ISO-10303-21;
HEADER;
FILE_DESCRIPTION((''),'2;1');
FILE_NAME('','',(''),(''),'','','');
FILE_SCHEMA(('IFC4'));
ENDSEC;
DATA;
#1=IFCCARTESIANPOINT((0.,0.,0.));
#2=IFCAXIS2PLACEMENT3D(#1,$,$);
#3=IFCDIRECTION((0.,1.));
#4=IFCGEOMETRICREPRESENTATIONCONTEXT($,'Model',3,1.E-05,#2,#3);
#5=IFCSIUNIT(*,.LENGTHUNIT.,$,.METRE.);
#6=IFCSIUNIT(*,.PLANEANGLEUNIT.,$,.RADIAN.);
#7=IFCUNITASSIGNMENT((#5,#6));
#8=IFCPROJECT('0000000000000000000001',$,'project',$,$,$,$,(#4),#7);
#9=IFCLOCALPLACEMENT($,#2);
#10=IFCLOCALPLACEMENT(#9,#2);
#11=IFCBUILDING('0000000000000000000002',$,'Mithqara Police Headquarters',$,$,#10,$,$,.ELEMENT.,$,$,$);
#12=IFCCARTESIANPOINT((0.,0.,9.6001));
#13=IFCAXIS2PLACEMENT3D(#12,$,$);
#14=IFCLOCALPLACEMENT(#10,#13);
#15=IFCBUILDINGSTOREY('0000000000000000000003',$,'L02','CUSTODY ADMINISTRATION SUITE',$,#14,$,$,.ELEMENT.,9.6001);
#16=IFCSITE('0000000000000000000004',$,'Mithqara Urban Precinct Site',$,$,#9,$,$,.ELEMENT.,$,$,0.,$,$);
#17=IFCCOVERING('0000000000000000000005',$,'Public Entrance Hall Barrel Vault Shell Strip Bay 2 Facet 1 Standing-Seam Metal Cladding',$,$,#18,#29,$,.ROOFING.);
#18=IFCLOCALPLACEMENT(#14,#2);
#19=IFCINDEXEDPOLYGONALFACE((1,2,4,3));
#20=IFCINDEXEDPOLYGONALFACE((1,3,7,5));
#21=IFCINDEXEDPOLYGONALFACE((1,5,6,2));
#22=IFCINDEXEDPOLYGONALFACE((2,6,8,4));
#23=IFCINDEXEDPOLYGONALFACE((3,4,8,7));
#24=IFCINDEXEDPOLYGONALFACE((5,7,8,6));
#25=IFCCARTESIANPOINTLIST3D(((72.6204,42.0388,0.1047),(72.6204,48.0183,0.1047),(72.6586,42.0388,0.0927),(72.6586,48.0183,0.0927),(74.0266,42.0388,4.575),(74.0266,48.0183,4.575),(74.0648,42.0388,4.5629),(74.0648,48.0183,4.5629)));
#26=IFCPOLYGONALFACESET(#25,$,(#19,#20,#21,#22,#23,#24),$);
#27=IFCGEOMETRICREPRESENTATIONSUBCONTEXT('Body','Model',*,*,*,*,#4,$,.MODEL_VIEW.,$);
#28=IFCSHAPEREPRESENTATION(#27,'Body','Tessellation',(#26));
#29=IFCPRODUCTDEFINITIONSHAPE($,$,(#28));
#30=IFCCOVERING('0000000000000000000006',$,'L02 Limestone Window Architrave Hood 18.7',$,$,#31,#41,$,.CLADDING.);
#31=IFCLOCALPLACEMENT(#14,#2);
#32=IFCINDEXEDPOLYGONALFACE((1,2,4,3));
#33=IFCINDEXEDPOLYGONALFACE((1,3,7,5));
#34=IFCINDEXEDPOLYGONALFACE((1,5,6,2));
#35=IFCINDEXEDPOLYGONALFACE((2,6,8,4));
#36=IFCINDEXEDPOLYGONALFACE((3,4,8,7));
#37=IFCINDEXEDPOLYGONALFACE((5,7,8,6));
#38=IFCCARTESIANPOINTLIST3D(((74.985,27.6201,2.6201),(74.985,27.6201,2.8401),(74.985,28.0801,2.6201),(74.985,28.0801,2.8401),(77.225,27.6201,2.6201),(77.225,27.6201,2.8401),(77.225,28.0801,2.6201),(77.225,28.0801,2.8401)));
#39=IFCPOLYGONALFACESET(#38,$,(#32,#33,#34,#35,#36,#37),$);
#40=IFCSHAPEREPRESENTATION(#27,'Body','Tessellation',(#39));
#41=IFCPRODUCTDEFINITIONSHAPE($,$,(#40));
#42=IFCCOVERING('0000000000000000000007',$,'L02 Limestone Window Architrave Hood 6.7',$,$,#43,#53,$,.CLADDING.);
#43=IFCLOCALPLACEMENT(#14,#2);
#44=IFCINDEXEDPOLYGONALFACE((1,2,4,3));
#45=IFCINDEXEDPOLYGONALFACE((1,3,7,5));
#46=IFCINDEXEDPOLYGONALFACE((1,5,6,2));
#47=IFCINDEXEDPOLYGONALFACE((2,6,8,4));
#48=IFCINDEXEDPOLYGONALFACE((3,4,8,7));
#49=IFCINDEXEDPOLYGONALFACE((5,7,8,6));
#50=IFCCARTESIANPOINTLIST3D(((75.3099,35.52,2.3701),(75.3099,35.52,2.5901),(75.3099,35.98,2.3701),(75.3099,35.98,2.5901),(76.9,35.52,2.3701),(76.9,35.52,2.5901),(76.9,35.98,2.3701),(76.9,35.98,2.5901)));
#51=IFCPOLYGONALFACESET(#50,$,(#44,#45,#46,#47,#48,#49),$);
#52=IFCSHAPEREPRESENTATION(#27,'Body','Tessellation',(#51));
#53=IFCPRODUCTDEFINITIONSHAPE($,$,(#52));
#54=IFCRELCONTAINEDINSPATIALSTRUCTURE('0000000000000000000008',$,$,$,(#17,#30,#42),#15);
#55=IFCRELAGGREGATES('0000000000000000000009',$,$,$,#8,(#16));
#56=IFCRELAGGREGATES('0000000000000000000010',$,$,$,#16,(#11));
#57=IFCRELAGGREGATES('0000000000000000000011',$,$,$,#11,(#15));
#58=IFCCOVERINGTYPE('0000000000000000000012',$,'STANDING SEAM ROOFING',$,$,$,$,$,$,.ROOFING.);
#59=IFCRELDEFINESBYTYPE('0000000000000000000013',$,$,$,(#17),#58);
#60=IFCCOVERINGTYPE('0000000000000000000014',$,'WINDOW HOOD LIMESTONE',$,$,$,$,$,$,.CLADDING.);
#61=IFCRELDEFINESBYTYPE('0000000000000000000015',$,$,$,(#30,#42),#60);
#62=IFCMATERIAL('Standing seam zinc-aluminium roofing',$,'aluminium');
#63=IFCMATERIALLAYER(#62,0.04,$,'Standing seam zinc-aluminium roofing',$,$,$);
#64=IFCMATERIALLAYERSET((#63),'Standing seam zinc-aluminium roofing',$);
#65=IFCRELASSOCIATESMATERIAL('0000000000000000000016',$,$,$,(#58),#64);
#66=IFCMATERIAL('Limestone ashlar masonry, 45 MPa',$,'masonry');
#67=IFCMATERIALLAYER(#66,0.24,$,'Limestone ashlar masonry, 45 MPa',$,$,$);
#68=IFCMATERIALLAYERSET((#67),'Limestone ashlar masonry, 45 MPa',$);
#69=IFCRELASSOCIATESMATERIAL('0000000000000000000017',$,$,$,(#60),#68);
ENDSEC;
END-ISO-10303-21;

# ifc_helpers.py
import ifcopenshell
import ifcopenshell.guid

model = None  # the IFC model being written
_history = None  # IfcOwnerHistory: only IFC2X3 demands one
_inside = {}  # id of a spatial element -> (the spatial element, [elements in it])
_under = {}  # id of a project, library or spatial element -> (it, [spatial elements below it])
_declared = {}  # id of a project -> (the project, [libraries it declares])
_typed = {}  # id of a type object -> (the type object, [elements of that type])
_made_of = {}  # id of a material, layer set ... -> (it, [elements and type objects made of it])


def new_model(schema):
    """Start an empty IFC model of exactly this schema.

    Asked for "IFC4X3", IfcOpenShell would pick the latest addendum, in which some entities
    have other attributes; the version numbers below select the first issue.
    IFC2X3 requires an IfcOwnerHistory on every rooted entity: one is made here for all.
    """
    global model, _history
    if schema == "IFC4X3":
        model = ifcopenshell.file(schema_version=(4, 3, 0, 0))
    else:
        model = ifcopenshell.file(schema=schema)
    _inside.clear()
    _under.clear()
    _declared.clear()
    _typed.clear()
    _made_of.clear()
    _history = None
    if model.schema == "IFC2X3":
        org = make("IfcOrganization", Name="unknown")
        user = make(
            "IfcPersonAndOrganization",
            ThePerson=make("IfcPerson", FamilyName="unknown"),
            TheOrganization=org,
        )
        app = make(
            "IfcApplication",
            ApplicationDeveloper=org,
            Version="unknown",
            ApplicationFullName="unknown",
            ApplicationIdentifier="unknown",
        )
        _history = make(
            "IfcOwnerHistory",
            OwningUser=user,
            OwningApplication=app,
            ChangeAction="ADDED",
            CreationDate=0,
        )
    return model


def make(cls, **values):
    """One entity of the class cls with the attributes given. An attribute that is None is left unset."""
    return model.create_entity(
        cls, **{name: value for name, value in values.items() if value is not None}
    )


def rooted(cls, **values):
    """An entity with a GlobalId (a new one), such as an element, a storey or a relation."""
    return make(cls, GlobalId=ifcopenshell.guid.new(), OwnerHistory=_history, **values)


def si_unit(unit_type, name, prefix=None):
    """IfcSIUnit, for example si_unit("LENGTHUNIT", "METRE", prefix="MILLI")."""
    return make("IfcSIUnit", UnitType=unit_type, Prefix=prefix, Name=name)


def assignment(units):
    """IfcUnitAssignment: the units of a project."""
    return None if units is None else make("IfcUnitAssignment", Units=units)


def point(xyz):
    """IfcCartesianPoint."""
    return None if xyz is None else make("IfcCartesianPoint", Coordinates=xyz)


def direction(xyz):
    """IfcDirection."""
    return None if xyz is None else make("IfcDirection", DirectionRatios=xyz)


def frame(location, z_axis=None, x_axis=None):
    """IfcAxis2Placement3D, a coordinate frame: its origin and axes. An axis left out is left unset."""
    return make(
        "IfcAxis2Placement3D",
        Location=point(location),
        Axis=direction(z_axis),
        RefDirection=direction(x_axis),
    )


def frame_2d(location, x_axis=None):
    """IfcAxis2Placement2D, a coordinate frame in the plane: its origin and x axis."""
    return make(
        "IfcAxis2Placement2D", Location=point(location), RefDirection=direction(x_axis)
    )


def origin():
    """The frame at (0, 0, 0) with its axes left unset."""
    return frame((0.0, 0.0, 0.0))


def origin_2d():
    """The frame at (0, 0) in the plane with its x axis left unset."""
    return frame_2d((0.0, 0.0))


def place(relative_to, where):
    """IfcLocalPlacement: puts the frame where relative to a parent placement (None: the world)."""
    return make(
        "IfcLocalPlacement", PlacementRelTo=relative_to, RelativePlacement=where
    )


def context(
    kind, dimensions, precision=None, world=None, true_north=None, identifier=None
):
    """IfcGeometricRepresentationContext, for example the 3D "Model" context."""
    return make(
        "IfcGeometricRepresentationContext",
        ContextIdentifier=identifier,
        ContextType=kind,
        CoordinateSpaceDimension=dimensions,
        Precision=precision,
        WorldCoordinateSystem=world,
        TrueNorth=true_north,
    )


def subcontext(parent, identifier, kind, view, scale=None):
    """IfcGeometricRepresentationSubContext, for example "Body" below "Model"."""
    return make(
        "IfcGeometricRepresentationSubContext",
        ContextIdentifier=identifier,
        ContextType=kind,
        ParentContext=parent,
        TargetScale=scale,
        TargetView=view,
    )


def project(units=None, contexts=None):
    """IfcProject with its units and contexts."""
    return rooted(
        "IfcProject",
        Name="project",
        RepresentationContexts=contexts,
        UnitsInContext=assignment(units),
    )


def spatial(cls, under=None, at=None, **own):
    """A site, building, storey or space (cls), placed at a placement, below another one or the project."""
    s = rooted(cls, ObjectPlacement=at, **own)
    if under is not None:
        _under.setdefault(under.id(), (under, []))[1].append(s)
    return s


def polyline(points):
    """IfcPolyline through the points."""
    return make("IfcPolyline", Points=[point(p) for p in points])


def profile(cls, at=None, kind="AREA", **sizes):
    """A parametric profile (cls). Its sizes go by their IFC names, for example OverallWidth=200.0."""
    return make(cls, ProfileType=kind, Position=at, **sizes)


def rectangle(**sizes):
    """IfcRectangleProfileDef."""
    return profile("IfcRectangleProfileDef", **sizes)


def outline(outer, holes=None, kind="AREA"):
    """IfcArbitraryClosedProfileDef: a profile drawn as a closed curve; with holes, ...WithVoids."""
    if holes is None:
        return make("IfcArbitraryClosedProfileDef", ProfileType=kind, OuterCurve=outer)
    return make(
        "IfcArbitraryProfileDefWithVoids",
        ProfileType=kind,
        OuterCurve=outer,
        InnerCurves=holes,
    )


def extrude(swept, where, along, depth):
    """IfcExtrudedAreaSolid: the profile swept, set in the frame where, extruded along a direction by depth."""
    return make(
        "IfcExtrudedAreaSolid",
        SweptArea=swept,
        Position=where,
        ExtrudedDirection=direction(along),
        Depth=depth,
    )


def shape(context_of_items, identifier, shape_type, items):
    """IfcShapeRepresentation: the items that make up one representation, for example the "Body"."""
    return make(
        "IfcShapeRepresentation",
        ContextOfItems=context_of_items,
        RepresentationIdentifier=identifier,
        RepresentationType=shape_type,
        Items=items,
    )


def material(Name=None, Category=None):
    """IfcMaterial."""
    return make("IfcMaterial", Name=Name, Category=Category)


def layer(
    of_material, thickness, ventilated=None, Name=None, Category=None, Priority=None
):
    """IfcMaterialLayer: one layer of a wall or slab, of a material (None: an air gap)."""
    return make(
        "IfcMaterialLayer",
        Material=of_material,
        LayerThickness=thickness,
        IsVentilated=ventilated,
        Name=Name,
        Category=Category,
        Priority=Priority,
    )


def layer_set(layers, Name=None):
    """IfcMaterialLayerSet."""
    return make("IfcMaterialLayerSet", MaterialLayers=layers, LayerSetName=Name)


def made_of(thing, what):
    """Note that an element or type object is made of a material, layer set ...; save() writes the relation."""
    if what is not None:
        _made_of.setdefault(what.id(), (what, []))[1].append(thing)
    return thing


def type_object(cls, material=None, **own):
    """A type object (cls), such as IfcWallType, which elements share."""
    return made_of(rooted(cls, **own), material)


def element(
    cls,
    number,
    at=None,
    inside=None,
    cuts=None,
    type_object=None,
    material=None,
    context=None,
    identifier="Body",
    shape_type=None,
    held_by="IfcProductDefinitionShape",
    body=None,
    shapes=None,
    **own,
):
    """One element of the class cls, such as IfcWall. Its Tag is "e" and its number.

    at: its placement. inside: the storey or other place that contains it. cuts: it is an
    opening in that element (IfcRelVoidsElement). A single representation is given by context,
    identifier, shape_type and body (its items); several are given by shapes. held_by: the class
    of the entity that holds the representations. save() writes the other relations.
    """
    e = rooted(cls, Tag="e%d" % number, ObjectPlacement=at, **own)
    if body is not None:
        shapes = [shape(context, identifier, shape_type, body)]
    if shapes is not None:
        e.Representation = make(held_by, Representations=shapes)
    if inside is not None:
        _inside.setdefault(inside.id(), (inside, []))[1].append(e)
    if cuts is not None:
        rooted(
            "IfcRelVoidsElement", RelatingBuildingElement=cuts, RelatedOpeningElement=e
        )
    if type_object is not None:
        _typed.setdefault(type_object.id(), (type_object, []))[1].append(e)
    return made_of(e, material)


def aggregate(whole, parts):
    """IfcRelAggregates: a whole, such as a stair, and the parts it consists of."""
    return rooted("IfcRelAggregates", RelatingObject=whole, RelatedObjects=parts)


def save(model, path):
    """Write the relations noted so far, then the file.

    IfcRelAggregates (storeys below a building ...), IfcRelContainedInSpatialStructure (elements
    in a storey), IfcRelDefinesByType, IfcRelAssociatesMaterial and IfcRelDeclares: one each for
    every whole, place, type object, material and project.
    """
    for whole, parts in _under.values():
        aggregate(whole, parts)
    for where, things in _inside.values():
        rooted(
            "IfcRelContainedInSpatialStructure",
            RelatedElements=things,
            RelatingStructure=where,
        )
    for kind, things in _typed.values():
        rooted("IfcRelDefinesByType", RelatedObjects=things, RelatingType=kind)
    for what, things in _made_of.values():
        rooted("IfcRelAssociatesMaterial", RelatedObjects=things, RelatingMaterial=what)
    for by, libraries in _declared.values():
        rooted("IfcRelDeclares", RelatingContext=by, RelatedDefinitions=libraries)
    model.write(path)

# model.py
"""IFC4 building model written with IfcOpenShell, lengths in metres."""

from ifc_helpers import new_model, si_unit, direction, frame, origin, origin_2d, place, context, subcontext, project, spatial, polyline, rectangle, outline, extrude, material, layer, layer_set, type_object, element, save


model = new_model("IFC4")

# Units and contexts
model_context = context("Model", 3, precision=1e-05, world=origin(), true_north=direction((0.0, 1.0)))
body_context = subcontext(model_context, "Body", "Model", "MODEL_VIEW")
ifc_project = project(units=[si_unit("LENGTHUNIT", "METRE"), si_unit("PLANEANGLEUNIT", "RADIAN")], contexts=[model_context])

# Site, building, storey
site_placement = place(None, origin())
site = spatial("IfcSite", under=ifc_project, at=site_placement, Name="Mithqara Urban Precinct Site", CompositionType="ELEMENT", RefElevation=0.0)
building_placement = place(site_placement, origin())
building = spatial("IfcBuilding", under=site, at=building_placement, Name="Mithqara Police Headquarters", CompositionType="ELEMENT")
storey_placement = place(building_placement, frame((0.0, 0.0, 9.6001)))
storey = spatial("IfcBuildingStorey", under=building, at=storey_placement, Name="L02", Description="CUSTODY ADMINISTRATION SUITE", CompositionType="ELEMENT", Elevation=9.6001)

# Coverings
ifc_material_1 = material(Name="Standing seam zinc-aluminium roofing", Category="aluminium")
ifc_layer_1 = layer(ifc_material_1, 0.04, Name="Standing seam zinc-aluminium roofing")
ifc_layer_set_1 = layer_set([ifc_layer_1], Name="Standing seam zinc-aluminium roofing")
covering_type_1 = type_object("IfcCoveringType", Name="STANDING SEAM ROOFING", PredefinedType="ROOFING", material=ifc_layer_set_1)
covering_1_placement = place(storey_placement, frame((72.6204, 42.0388, 0.1047), z_axis=(-0.953913, 0.0, 0.300084), x_axis=(0.300084, 0.0, 0.953913)))
element("IfcCovering", 1, at=covering_1_placement, inside=storey, type_object=covering_type_1, Name="Public Entrance Hall Barrel Vault Shell Strip Bay 2 Facet 1 Standing-Seam Metal Cladding", PredefinedType="ROOFING", context=body_context, shape_type="SweptSolid", body=[
    extrude(outline(polyline([(0.0, 0.0), (4.6862, 0.0), (4.6862, 5.9795), (0.0, 5.9795), (0.0, 0.0)])), origin(), (0.0, 0.0, -1.0), 0.04),
])
ifc_material_2 = material(Name="Limestone ashlar masonry, 45 MPa", Category="masonry")
ifc_layer_2 = layer(ifc_material_2, 0.24, Name="Limestone ashlar masonry, 45 MPa")
ifc_layer_set_2 = layer_set([ifc_layer_2], Name="Limestone ashlar masonry, 45 MPa")
covering_type_2 = type_object("IfcCoveringType", Name="WINDOW HOOD LIMESTONE", PredefinedType="CLADDING", material=ifc_layer_set_2)
covering_2_placement = place(storey_placement, frame((76.105, 27.8501, 2.6201), z_axis=(0.0, 0.0, 1.0), x_axis=(1.0, 0.0, 0.0)))
element("IfcCovering", 2, at=covering_2_placement, inside=storey, type_object=covering_type_2, Name="L02 Limestone Window Architrave Hood 18.7", PredefinedType="CLADDING", context=body_context, shape_type="SweptSolid", body=[
    extrude(rectangle(XDim=2.24, YDim=0.46, at=origin_2d()), origin(), (0.0, 0.0, 1.0), 0.22),
])
covering_3_placement = place(storey_placement, frame((76.105, 35.75, 2.3701), z_axis=(0.0, 0.0, 1.0), x_axis=(1.0, 0.0, 0.0)))
element("IfcCovering", 3, at=covering_3_placement, inside=storey, type_object=covering_type_2, Name="L02 Limestone Window Architrave Hood 6.7", PredefinedType="CLADDING", context=body_context, shape_type="SweptSolid", body=[
    extrude(rectangle(XDim=1.5901, YDim=0.46, at=origin_2d()), origin(), (0.0, 0.0, 1.0), 0.22),
])

save(model, "model.ifc")
